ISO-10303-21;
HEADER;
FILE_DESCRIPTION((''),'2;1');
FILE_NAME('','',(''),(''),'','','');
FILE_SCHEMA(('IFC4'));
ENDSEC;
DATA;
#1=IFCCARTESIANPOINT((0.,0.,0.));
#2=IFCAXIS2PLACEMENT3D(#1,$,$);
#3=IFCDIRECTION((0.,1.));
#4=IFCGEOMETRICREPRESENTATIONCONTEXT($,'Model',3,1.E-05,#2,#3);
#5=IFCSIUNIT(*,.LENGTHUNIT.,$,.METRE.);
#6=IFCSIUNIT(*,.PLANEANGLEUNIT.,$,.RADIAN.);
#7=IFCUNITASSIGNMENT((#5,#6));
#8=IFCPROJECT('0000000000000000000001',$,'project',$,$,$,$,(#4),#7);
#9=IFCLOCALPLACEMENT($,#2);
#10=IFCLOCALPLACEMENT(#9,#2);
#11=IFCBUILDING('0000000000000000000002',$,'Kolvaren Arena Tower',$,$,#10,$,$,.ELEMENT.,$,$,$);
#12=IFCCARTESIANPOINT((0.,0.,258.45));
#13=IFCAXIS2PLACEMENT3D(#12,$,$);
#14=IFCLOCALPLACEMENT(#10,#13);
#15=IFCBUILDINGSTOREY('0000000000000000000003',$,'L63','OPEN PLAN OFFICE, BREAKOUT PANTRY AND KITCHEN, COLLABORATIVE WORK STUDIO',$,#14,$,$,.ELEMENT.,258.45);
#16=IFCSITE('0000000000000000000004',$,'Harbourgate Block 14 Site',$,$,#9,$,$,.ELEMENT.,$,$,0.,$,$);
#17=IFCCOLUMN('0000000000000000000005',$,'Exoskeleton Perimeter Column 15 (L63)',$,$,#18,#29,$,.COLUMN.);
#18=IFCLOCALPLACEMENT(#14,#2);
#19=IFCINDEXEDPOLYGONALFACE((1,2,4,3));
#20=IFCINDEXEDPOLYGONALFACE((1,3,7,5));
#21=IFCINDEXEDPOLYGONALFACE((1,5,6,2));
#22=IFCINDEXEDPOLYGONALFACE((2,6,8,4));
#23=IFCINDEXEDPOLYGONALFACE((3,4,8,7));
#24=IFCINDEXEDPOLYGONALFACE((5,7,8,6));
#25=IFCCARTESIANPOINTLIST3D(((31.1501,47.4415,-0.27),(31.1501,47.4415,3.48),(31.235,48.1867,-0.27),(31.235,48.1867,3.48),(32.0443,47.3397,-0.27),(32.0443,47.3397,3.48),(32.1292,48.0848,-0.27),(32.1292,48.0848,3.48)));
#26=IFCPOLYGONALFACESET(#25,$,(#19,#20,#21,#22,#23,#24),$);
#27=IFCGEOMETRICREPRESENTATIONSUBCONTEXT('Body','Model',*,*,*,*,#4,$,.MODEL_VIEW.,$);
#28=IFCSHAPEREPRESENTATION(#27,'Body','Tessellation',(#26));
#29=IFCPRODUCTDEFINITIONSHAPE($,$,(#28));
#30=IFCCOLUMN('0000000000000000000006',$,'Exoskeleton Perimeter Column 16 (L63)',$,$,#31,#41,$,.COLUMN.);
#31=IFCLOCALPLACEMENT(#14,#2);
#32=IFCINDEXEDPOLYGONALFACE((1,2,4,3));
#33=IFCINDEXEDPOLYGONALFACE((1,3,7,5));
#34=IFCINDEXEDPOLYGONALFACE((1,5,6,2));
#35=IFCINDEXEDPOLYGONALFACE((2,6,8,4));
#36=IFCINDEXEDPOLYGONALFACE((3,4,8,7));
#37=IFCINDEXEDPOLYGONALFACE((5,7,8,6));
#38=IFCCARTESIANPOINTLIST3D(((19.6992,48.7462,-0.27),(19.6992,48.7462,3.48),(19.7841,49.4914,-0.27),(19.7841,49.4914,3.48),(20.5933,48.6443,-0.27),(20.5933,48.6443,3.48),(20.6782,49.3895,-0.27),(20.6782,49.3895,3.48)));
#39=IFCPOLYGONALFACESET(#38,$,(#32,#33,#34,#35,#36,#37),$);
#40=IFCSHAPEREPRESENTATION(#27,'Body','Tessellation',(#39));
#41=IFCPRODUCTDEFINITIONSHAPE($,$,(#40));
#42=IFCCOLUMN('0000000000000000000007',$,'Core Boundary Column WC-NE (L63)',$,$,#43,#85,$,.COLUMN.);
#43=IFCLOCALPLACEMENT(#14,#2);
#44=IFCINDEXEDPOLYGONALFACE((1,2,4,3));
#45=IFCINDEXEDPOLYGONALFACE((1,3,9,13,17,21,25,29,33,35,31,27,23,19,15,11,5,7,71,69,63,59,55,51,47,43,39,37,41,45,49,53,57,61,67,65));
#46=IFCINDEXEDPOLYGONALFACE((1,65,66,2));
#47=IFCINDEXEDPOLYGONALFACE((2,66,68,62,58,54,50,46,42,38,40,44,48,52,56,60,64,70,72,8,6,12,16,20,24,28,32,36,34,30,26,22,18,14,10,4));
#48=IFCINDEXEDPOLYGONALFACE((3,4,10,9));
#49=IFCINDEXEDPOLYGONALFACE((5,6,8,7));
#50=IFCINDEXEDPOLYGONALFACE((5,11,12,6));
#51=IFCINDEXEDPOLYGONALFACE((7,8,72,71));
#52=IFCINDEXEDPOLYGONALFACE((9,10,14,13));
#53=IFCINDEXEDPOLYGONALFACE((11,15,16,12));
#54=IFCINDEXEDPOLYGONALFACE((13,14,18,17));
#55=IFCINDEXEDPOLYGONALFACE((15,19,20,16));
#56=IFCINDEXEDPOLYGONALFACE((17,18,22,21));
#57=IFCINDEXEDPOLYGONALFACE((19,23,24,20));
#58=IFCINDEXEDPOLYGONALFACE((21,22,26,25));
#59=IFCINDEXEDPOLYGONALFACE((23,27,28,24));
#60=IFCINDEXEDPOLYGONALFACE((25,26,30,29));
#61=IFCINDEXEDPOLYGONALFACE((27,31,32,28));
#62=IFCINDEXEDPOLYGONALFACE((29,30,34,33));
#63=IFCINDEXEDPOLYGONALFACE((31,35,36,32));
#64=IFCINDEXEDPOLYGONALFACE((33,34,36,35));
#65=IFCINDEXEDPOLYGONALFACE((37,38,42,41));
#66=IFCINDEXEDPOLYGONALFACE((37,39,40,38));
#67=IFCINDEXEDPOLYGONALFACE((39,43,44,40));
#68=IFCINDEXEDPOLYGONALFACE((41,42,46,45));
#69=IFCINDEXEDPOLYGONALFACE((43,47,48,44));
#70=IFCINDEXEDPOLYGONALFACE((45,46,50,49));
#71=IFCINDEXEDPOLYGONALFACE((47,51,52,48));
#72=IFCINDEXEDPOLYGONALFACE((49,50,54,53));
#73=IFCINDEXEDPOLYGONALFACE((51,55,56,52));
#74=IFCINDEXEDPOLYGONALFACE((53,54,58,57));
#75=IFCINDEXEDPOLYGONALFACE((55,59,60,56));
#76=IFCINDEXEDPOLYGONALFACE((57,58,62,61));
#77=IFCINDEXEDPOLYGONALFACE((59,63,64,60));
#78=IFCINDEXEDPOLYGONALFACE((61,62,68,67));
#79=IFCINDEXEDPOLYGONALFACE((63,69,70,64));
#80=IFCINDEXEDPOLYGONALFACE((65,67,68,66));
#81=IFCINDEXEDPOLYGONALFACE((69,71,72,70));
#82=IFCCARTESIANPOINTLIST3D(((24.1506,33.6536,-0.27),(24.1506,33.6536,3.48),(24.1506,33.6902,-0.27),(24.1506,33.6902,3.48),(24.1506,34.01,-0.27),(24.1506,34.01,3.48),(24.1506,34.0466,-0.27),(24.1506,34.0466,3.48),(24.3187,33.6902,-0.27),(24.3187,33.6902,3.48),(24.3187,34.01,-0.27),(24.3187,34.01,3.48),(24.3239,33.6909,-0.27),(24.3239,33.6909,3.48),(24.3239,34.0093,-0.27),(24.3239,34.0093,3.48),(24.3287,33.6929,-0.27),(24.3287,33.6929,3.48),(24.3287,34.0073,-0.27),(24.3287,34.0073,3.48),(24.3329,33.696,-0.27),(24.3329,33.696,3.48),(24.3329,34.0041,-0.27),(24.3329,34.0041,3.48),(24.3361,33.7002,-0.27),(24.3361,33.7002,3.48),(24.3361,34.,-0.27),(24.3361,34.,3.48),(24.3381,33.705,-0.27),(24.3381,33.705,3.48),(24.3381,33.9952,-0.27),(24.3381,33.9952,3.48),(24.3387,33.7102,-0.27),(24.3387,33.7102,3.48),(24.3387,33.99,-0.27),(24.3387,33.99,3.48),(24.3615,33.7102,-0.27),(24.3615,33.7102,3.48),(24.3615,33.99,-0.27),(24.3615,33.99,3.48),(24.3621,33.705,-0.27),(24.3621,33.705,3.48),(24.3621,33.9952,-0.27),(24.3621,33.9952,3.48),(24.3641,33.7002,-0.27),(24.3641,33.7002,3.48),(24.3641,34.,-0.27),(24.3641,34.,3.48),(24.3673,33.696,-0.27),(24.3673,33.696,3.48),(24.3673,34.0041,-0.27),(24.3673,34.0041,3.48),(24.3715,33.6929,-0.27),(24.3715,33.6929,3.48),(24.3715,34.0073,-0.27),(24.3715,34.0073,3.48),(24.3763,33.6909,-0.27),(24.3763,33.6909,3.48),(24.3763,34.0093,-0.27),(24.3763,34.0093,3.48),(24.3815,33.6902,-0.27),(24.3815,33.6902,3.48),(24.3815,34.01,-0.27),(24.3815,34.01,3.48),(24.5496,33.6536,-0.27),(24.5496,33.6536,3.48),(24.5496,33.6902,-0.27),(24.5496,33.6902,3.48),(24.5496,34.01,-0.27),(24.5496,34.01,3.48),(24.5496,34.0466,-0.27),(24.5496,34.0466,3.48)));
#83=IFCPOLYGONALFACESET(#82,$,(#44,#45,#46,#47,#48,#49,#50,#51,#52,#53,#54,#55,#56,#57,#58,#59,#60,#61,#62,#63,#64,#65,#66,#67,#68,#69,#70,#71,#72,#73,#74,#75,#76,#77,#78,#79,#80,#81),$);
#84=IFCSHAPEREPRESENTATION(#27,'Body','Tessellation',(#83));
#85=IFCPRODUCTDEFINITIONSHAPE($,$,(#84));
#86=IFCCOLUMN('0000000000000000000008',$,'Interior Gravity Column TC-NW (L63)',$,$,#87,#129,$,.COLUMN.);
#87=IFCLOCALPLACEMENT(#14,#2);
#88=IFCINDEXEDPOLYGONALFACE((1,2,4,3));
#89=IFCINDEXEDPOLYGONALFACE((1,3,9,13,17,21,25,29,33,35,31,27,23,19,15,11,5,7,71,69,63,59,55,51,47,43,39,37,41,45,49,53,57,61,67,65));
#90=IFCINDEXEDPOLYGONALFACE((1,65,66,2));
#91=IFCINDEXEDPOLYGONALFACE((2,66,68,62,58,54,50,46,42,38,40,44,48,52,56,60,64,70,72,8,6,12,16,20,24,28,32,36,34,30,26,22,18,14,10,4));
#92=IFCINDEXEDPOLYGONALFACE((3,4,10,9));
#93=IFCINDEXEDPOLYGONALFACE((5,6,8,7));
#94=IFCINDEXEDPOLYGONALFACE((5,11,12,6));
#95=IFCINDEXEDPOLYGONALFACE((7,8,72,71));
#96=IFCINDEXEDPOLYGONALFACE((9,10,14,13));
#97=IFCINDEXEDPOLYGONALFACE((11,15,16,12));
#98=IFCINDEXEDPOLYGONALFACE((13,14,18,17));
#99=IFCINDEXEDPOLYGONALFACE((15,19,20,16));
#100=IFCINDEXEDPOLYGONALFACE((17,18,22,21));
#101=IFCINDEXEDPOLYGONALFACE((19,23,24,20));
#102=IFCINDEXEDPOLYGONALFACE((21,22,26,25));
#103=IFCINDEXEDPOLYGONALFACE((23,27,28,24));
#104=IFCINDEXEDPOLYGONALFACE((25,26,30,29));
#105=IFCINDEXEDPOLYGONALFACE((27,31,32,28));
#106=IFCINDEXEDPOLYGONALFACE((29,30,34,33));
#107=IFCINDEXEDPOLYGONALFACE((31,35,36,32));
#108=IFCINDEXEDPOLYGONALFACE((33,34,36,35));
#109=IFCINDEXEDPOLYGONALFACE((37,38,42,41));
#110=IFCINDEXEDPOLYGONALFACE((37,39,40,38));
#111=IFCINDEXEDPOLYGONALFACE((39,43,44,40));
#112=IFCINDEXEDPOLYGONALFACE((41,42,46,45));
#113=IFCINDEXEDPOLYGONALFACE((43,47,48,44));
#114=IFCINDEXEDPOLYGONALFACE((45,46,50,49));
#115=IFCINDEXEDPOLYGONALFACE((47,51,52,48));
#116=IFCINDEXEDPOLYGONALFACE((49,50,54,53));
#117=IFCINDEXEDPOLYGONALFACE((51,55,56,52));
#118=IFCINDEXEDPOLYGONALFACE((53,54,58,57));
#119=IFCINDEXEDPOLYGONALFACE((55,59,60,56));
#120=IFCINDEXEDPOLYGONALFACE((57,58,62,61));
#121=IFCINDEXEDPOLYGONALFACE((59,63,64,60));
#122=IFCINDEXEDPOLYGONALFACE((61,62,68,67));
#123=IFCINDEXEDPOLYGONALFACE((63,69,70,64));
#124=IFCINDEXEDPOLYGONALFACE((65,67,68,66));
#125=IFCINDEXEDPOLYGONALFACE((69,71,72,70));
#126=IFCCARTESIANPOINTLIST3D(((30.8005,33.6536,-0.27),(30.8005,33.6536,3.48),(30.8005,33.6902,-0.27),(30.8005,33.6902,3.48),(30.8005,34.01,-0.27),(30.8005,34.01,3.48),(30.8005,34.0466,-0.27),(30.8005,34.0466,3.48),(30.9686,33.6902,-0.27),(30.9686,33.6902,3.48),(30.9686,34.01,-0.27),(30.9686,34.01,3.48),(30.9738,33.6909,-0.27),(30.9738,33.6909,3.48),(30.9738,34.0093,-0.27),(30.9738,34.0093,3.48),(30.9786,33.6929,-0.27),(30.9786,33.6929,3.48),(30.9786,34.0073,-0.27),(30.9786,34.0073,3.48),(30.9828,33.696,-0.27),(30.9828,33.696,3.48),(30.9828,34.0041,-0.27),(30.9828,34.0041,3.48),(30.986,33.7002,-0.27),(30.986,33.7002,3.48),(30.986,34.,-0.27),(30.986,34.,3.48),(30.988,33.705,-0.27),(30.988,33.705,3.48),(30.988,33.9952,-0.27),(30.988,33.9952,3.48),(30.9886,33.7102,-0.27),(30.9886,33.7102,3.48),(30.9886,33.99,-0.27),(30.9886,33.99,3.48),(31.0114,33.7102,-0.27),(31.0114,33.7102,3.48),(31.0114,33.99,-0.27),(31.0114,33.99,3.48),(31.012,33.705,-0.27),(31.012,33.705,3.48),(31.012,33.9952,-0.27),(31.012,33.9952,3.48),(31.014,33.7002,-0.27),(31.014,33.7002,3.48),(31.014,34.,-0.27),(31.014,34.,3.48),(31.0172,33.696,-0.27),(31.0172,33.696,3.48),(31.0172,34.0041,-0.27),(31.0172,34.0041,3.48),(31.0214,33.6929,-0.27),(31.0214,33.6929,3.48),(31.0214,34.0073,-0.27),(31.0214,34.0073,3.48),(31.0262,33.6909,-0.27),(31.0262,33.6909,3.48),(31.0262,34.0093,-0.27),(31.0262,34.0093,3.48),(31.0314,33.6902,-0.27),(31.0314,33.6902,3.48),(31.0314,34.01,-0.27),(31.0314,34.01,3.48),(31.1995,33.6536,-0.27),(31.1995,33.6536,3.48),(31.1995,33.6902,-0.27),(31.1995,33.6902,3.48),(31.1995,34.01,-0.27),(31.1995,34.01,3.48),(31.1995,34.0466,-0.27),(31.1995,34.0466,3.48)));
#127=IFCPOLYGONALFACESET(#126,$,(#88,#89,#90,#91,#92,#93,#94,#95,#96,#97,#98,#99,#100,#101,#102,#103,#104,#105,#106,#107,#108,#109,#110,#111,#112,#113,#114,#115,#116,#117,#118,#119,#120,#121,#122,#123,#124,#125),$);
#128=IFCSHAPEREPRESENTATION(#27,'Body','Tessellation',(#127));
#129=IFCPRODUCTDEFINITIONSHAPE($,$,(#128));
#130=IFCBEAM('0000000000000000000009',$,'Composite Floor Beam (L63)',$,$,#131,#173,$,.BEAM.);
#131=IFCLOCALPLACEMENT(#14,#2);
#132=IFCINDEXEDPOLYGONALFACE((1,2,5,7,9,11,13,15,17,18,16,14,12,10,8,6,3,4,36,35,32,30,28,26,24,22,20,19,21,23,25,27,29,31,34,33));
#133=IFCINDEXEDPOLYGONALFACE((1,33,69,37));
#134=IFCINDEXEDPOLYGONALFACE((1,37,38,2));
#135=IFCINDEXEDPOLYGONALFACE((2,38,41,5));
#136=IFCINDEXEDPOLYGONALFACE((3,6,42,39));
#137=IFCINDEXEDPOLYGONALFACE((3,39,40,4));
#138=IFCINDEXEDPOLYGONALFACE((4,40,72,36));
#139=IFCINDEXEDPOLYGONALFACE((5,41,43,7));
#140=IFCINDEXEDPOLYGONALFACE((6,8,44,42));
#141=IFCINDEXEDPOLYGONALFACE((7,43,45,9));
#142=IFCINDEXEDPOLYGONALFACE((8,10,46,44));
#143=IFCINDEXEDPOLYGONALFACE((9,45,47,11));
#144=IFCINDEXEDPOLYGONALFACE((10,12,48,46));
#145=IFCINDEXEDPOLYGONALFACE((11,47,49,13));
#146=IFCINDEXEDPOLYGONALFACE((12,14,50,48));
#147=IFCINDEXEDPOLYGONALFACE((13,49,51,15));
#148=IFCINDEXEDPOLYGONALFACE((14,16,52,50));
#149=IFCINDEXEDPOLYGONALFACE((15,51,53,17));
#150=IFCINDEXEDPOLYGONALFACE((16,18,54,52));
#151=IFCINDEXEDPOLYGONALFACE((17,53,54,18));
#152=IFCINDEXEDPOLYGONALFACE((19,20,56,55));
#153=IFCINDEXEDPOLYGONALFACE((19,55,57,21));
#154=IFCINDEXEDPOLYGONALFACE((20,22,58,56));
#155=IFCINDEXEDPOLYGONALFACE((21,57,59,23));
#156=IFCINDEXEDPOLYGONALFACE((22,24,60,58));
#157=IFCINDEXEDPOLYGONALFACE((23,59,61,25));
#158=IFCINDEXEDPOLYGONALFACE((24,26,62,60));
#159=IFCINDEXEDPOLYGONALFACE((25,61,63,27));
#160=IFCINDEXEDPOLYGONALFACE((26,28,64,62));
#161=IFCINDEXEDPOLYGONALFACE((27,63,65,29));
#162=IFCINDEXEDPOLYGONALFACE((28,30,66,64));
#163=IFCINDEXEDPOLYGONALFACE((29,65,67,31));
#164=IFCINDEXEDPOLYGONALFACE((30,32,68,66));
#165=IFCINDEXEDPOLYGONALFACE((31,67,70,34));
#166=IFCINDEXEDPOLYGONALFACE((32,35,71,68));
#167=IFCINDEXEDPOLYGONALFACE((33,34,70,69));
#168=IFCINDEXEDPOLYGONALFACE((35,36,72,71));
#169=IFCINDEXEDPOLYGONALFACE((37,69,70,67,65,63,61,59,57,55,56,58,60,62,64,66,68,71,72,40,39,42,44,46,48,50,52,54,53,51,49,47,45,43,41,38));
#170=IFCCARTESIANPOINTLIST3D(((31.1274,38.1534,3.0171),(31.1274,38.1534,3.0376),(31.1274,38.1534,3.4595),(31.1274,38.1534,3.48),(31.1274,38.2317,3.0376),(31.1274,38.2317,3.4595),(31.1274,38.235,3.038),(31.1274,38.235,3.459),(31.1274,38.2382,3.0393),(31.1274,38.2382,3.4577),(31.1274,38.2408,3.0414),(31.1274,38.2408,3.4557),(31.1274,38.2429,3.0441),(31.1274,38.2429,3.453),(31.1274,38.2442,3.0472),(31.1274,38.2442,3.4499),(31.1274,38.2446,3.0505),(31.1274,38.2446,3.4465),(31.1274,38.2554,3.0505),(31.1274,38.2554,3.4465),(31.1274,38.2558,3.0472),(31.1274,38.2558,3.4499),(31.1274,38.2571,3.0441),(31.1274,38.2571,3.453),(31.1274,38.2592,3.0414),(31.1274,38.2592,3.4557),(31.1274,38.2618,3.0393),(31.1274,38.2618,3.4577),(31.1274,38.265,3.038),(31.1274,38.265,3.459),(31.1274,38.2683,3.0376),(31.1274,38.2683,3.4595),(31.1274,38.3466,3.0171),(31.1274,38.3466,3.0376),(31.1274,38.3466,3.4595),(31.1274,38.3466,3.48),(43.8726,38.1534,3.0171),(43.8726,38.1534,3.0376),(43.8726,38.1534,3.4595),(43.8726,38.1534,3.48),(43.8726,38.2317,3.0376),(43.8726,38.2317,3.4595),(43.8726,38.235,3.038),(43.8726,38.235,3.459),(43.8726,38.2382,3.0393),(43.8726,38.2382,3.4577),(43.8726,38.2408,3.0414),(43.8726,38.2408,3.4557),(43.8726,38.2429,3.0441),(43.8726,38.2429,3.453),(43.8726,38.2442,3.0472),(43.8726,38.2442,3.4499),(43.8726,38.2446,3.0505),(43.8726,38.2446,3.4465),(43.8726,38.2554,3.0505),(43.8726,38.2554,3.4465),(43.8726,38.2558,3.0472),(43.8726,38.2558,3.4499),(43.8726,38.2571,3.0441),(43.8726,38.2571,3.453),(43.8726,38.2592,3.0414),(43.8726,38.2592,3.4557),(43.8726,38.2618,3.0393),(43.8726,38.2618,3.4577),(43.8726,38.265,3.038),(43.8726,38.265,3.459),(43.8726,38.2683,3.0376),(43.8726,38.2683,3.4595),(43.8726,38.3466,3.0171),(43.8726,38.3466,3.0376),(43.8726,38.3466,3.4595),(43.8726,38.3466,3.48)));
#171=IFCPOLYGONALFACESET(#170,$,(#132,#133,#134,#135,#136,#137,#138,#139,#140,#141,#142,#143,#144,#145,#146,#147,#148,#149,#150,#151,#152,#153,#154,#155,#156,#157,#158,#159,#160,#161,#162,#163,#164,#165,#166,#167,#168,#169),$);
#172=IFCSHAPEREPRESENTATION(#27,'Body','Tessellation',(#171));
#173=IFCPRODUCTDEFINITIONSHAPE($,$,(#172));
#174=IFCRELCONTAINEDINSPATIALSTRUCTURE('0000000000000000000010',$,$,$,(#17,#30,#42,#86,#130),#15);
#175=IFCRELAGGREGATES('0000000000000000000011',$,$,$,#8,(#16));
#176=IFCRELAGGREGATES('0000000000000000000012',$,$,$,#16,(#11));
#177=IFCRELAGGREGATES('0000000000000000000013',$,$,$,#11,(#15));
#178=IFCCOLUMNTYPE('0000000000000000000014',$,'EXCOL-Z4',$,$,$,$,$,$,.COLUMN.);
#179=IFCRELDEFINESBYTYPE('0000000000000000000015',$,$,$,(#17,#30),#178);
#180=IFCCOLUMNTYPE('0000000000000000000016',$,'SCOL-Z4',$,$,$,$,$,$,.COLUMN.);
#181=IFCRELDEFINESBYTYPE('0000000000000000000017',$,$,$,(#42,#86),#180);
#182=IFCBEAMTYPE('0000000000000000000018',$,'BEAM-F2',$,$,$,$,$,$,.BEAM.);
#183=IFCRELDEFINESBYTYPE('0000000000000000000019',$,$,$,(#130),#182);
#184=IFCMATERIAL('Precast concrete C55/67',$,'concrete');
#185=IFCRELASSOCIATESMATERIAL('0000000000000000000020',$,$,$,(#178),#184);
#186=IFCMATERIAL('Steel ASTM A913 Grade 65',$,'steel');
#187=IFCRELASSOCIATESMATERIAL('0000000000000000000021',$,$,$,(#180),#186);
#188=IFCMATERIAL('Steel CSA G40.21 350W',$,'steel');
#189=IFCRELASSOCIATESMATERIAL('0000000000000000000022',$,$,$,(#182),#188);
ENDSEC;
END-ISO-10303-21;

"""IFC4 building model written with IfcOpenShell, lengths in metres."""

from ifc_helpers import new_model, si_unit, direction, frame, origin, origin_2d, place, context, subcontext, project, spatial, rectangle, i_section, extrude, material, material_profile, profile_set, type_object, element, save


model = new_model("IFC4")

# Units and contexts
model_context = context("Model", 3, precision=1e-05, world=origin(), true_north=direction((0.0, 1.0)))
body_context = subcontext(model_context, "Body", "Model", "MODEL_VIEW")
ifc_project = project(units=[si_unit("LENGTHUNIT", "METRE"), si_unit("PLANEANGLEUNIT", "RADIAN")], contexts=[model_context])

# Site, building, storey
site_placement = place(None, origin())
site = spatial("IfcSite", under=ifc_project, at=site_placement, Name="Harbourgate Block 14 Site", CompositionType="ELEMENT", RefElevation=0.0)
building_placement = place(site_placement, origin())
building = spatial("IfcBuilding", under=site, at=building_placement, Name="Kolvaren Arena Tower", CompositionType="ELEMENT")
storey_placement = place(building_placement, frame((0.0, 0.0, 258.45)))
storey = spatial("IfcBuildingStorey", under=building, at=storey_placement, Name="L63", Description="OPEN PLAN OFFICE, BREAKOUT PANTRY AND KITCHEN, COLLABORATIVE WORK STUDIO", CompositionType="ELEMENT", Elevation=258.45)

# Columns
ifc_material_1 = material(Name="Precast concrete C55/67", Category="concrete")
ifc_material_profile_1 = material_profile(ifc_material_1, rectangle(XDim=0.8999, YDim=0.75, at=origin_2d()), Name="RC-900x750")
ifc_profile_set_1 = profile_set([ifc_material_profile_1], Name="Precast concrete C55/67")
column_type_1 = type_object("IfcColumnType", Name="EXCOL-Z4", PredefinedType="COLUMN", material=ifc_profile_set_1)
for number, where, z_axis, x_axis, name in (
    (1, (31.6396, 47.7632, -0.27), (0.0, 0.0, 1.0), (0.993572, -0.113203, 0.0), "Exoskeleton Perimeter Column 15 (L63)"),
    (2, (20.1887, 49.0679, -0.27), (0.0, 0.0, 1.0), (0.993572, -0.113203, 0.0), "Exoskeleton Perimeter Column 16 (L63)"),
):
    element("IfcColumn", number, at=place(storey_placement, frame(where, z_axis=z_axis, x_axis=x_axis)), inside=storey, type_object=column_type_1, Name=name, PredefinedType="COLUMN", context=body_context, shape_type="SweptSolid", body=[
        extrude(rectangle(XDim=0.8999, YDim=0.75, at=origin_2d()), origin(), (0.0, 0.0, 1.0), 3.75),
    ])
ifc_material_2 = material(Name="Steel ASTM A913 Grade 65", Category="steel")
ifc_material_profile_2 = material_profile(ifc_material_2, i_section(OverallWidth=0.3989, OverallDepth=0.3931, WebThickness=0.0227, FlangeThickness=0.0366, FilletRadius=0.02, at=origin_2d()), Name="W360x287")
ifc_profile_set_2 = profile_set([ifc_material_profile_2], Name="Steel ASTM A913 Grade 65")
column_type_2 = type_object("IfcColumnType", Name="SCOL-Z4", PredefinedType="COLUMN", material=ifc_profile_set_2)
for number, where, z_axis, x_axis, name in (
    (3, (24.3501, 33.8501, -0.27), (0.0, 0.0, 1.0), (1.0, 0.0, 0.0), "Core Boundary Column WC-NE (L63)"),
    (4, (31.0, 33.8501, -0.27), (0.0, 0.0, 1.0), (1.0, 0.0, 0.0), "Interior Gravity Column TC-NW (L63)"),
):
    element("IfcColumn", number, at=place(storey_placement, frame(where, z_axis=z_axis, x_axis=x_axis)), inside=storey, type_object=column_type_2, Name=name, PredefinedType="COLUMN", context=body_context, shape_type="SweptSolid", body=[
        extrude(i_section(OverallWidth=0.3989, OverallDepth=0.3931, WebThickness=0.0227, FlangeThickness=0.0366, FilletRadius=0.02, at=origin_2d()), origin(), (0.0, 0.0, 1.0), 3.75),
    ])

# Beam
ifc_material_3 = material(Name="Steel CSA G40.21 350W", Category="steel")
ifc_material_profile_3 = material_profile(ifc_material_3, i_section(OverallWidth=0.1931, OverallDepth=0.4629, WebThickness=0.0107, FlangeThickness=0.0205, FilletRadius=0.0129, at=origin_2d()), Name="W460x113")
ifc_profile_set_3 = profile_set([ifc_material_profile_3], Name="Steel CSA G40.21 350W")
beam_type_1 = type_object("IfcBeamType", Name="BEAM-F2", PredefinedType="BEAM", material=ifc_profile_set_3)
beam_1_placement = place(storey_placement, frame((31.1274, 38.25, 3.2485), z_axis=(1.0, 0.0, 0.0), x_axis=(0.0, 1.0, 0.0)))
element("IfcBeam", 5, at=beam_1_placement, inside=storey, type_object=beam_type_1, Name="Composite Floor Beam (L63)", PredefinedType="BEAM", context=body_context, shape_type="SweptSolid", body=[
    extrude(i_section(OverallWidth=0.1931, OverallDepth=0.4629, WebThickness=0.0107, FlangeThickness=0.0205, FilletRadius=0.0129, at=origin_2d()), origin(), (0.0, 0.0, 1.0), 12.7451),
])

save(model, "model.ifc")
